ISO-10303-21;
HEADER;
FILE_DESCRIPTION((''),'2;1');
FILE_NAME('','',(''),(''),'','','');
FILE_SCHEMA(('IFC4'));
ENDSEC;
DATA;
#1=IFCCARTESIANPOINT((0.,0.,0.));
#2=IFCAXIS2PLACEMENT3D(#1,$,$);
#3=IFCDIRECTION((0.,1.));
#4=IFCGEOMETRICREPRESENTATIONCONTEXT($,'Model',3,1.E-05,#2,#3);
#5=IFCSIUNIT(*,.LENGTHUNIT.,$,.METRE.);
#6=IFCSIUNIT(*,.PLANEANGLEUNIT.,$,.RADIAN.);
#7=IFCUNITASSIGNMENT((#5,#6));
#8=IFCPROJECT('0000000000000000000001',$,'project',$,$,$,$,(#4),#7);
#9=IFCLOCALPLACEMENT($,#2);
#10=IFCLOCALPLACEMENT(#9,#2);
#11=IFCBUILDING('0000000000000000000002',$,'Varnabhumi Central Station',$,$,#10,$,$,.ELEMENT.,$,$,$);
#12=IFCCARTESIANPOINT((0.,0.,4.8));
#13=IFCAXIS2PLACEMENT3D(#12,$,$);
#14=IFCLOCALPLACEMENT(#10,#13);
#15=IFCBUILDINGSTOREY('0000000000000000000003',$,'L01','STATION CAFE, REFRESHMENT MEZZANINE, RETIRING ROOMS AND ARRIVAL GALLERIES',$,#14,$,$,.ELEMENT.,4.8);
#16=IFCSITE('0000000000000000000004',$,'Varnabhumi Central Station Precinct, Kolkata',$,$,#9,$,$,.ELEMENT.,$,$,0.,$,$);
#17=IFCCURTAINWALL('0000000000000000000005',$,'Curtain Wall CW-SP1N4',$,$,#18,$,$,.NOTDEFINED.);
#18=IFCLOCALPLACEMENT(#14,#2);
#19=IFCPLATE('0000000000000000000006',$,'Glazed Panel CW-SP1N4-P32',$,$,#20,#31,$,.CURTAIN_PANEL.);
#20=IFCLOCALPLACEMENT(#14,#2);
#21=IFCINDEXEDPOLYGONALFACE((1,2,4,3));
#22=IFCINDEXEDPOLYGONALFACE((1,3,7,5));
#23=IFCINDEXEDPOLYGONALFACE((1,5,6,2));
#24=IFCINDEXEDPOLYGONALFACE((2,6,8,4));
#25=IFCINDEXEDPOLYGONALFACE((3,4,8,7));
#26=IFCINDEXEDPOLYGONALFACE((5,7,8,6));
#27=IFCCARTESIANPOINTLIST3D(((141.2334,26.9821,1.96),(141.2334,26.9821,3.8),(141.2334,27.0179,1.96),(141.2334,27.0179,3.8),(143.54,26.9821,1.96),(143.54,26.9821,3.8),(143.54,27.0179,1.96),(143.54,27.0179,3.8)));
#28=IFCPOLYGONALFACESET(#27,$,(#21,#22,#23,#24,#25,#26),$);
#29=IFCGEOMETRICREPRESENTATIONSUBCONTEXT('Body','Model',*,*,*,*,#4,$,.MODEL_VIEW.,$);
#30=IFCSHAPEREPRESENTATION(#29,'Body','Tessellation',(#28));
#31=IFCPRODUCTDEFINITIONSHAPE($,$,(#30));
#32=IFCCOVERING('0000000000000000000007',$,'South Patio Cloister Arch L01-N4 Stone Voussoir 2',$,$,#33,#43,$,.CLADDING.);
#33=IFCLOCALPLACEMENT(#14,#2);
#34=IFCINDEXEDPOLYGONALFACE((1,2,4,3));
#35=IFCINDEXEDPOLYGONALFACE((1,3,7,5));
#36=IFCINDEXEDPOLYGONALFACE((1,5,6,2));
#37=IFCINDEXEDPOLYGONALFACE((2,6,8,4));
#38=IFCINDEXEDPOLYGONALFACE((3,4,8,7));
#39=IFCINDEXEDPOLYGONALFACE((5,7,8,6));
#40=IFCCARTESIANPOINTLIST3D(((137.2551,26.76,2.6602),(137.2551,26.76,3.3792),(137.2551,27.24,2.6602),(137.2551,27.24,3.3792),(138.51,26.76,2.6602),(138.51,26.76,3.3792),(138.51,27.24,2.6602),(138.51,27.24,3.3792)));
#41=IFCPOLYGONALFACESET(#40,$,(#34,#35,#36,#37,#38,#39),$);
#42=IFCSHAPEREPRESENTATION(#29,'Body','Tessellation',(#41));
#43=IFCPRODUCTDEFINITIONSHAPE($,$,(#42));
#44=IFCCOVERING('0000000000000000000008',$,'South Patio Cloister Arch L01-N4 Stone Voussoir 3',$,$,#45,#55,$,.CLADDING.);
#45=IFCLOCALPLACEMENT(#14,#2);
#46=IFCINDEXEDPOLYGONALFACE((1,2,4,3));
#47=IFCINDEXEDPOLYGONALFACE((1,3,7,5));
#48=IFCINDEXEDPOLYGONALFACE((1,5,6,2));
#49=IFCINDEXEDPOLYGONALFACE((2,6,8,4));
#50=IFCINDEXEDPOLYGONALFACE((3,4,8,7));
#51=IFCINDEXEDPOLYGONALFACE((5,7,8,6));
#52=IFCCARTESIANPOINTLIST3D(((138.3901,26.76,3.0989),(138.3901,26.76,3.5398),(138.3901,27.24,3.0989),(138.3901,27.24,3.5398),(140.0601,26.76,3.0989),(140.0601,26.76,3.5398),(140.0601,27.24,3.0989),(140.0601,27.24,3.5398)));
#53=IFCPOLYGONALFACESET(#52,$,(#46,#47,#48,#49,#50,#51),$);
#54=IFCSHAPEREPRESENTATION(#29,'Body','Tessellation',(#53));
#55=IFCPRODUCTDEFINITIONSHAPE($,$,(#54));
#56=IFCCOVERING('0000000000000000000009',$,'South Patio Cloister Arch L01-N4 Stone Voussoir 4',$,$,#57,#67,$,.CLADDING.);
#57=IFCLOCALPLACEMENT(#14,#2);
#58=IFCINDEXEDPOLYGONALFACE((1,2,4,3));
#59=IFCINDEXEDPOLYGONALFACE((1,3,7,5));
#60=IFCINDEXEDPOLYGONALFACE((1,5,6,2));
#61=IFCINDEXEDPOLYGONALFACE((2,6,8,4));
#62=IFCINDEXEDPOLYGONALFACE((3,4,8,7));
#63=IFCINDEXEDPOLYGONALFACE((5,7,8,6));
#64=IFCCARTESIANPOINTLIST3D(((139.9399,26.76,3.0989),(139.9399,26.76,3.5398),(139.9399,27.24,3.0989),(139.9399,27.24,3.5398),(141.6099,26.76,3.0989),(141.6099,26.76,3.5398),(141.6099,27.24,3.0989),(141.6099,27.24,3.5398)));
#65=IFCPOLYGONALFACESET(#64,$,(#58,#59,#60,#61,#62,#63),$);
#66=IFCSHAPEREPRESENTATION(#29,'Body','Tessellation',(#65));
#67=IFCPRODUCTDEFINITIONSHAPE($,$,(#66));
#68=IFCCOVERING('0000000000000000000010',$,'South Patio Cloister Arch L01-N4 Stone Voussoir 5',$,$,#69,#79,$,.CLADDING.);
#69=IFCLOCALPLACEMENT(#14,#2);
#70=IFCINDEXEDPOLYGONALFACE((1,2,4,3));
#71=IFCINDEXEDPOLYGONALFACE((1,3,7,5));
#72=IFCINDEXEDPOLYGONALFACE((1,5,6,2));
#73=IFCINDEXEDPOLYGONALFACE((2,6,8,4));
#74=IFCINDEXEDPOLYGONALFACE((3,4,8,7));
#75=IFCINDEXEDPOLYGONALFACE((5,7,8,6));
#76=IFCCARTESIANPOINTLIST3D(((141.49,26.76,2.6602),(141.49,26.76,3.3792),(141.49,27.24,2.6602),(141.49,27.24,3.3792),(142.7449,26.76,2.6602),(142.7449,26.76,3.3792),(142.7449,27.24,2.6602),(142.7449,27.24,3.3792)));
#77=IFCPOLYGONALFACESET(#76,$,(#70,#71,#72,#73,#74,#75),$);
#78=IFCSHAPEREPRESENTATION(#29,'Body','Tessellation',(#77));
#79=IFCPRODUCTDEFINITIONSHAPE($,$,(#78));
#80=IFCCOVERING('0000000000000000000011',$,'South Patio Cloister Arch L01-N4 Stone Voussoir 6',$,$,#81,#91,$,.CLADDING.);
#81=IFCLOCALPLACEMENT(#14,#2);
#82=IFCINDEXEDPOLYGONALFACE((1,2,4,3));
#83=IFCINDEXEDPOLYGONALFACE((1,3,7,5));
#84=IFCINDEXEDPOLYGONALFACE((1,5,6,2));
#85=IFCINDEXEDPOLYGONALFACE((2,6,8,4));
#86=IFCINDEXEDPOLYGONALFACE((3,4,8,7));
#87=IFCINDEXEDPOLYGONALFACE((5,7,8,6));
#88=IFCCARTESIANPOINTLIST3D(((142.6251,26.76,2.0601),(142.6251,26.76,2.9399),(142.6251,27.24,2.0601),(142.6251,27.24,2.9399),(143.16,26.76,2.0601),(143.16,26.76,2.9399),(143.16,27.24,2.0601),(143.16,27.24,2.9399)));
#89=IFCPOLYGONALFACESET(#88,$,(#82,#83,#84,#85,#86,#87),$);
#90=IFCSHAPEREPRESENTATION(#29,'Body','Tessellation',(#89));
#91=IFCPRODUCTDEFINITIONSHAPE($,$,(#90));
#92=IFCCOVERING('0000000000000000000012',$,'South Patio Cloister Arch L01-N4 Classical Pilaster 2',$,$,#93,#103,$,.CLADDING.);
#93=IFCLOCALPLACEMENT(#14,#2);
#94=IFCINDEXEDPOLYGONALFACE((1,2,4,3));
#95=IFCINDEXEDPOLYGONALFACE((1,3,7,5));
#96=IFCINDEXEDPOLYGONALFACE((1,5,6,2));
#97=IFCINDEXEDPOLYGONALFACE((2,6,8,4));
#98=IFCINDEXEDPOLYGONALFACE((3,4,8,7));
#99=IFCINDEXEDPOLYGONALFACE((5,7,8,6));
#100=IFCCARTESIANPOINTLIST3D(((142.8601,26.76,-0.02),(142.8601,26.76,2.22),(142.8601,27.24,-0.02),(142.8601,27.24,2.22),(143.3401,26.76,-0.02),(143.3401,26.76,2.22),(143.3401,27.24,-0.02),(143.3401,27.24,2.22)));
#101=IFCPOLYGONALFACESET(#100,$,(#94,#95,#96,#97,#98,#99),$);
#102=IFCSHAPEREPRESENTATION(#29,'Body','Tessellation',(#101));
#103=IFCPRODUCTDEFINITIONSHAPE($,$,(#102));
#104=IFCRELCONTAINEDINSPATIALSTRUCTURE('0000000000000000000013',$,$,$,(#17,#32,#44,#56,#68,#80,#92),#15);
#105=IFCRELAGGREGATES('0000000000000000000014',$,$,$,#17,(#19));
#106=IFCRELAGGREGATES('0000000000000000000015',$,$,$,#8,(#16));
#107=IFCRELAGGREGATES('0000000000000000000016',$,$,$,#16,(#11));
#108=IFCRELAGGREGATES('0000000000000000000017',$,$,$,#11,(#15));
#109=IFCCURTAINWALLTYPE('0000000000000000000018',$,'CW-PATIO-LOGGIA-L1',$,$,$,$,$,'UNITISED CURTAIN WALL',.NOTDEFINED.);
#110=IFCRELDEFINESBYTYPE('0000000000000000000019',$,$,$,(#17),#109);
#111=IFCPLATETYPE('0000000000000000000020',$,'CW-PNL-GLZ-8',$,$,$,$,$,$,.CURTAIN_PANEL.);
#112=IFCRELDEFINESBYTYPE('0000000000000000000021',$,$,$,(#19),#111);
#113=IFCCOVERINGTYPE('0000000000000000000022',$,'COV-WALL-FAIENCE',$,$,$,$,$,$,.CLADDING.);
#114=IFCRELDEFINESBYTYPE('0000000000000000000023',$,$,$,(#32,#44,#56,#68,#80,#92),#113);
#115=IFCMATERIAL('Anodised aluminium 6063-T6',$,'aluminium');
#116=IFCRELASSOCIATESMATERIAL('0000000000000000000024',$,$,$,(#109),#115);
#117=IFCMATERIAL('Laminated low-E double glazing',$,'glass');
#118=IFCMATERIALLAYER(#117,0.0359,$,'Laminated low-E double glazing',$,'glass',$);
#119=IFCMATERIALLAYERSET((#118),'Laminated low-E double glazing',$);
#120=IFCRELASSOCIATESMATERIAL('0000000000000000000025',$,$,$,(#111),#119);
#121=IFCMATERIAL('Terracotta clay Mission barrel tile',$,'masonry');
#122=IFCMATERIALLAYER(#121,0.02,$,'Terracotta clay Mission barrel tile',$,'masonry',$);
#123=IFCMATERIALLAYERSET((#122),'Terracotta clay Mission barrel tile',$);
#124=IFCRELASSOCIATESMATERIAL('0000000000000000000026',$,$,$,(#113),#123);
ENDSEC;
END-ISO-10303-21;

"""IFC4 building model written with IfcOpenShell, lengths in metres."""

from ifc_helpers import new_model, si_unit, direction, frame, origin, origin_2d, place, context, subcontext, project, spatial, rectangle, extrude, material, layer, layer_set, type_object, element, aggregate, save


model = new_model("IFC4")

# Units and contexts
model_context = context("Model", 3, precision=1e-05, world=origin(), true_north=direction((0.0, 1.0)))
body_context = subcontext(model_context, "Body", "Model", "MODEL_VIEW")
ifc_project = project(units=[si_unit("LENGTHUNIT", "METRE"), si_unit("PLANEANGLEUNIT", "RADIAN")], contexts=[model_context])

# Site, building, storey
site_placement = place(None, origin())
site = spatial("IfcSite", under=ifc_project, at=site_placement, Name="Varnabhumi Central Station Precinct, Kolkata", CompositionType="ELEMENT", RefElevation=0.0)
building_placement = place(site_placement, origin())
building = spatial("IfcBuilding", under=site, at=building_placement, Name="Varnabhumi Central Station", CompositionType="ELEMENT")
storey_placement = place(building_placement, frame((0.0, 0.0, 4.8)))
storey = spatial("IfcBuildingStorey", under=building, at=storey_placement, Name="L01", Description="STATION CAFE, REFRESHMENT MEZZANINE, RETIRING ROOMS AND ARRIVAL GALLERIES", CompositionType="ELEMENT", Elevation=4.8)

# Curtain wall, plate
ifc_material_1 = material(Name="Anodised aluminium 6063-T6", Category="aluminium")
curtain_wall_type = type_object("IfcCurtainWallType", Name="CW-PATIO-LOGGIA-L1", ElementType="UNITISED CURTAIN WALL", PredefinedType="NOTDEFINED", material=ifc_material_1)
curtain_wall_placement = place(storey_placement, origin())
curtain_wall = element("IfcCurtainWall", 1, at=curtain_wall_placement, inside=storey, type_object=curtain_wall_type, Name="Curtain Wall CW-SP1N4", PredefinedType="NOTDEFINED")
ifc_material_2 = material(Name="Laminated low-E double glazing", Category="glass")
ifc_layer_1 = layer(ifc_material_2, 0.0359, Name="Laminated low-E double glazing", Category="glass")
ifc_layer_set_1 = layer_set([ifc_layer_1], Name="Laminated low-E double glazing")
plate_type = type_object("IfcPlateType", Name="CW-PNL-GLZ-8", PredefinedType="CURTAIN_PANEL", material=ifc_layer_set_1)
plate_1_placement = place(storey_placement, frame((142.3867, 27.0, 1.96), z_axis=(0.0, 0.0, 1.0), x_axis=(1.0, 0.0, 0.0)))
plate_1 = element("IfcPlate", 2, at=plate_1_placement, type_object=plate_type, Name="Glazed Panel CW-SP1N4-P32", PredefinedType="CURTAIN_PANEL", context=body_context, shape_type="SweptSolid", body=[
    extrude(rectangle(XDim=2.3066, YDim=0.0359, at=origin_2d()), origin(), (0.0, 0.0, 1.0), 1.8401),
])
aggregate(curtain_wall, [plate_1])

# Coverings
ifc_material_3 = material(Name="Terracotta clay Mission barrel tile", Category="masonry")
ifc_layer_2 = layer(ifc_material_3, 0.02, Name="Terracotta clay Mission barrel tile", Category="masonry")
ifc_layer_set_2 = layer_set([ifc_layer_2], Name="Terracotta clay Mission barrel tile")
covering_type = type_object("IfcCoveringType", Name="COV-WALL-FAIENCE", PredefinedType="CLADDING", material=ifc_layer_set_2)
covering_1_placement = place(storey_placement, frame((137.8826, 27.0, 2.6602), z_axis=(0.0, 0.0, 1.0), x_axis=(1.0, 0.0, 0.0)))
element("IfcCovering", 3, at=covering_1_placement, inside=storey, type_object=covering_type, Name="South Patio Cloister Arch L01-N4 Stone Voussoir 2", PredefinedType="CLADDING", context=body_context, shape_type="SweptSolid", body=[
    extrude(rectangle(XDim=1.2549, YDim=0.48, at=origin_2d()), origin(), (0.0, 0.0, 1.0), 0.719),
])
for number, where, z_axis, x_axis, name in (
    (4, (139.2251, 27.0, 3.0989), (0.0, 0.0, 1.0), (1.0, 0.0, 0.0), "South Patio Cloister Arch L01-N4 Stone Voussoir 3"),
    (5, (140.7749, 27.0, 3.0989), (0.0, 0.0, 1.0), (1.0, 0.0, 0.0), "South Patio Cloister Arch L01-N4 Stone Voussoir 4"),
):
    element("IfcCovering", number, at=place(storey_placement, frame(where, z_axis=z_axis, x_axis=x_axis)), inside=storey, type_object=covering_type, Name=name, PredefinedType="CLADDING", context=body_context, shape_type="SweptSolid", body=[
        extrude(rectangle(XDim=1.6699, YDim=0.48, at=origin_2d()), origin(), (0.0, 0.0, 1.0), 0.4409),
    ])
covering_2_placement = place(storey_placement, frame((142.1174, 27.0, 2.6602), z_axis=(0.0, 0.0, 1.0), x_axis=(1.0, 0.0, 0.0)))
element("IfcCovering", 6, at=covering_2_placement, inside=storey, type_object=covering_type, Name="South Patio Cloister Arch L01-N4 Stone Voussoir 5", PredefinedType="CLADDING", context=body_context, shape_type="SweptSolid", body=[
    extrude(rectangle(XDim=1.2549, YDim=0.48, at=origin_2d()), origin(), (0.0, 0.0, 1.0), 0.719),
])
covering_3_placement = place(storey_placement, frame((142.8926, 27.0, 2.0601), z_axis=(0.0, 0.0, 1.0), x_axis=(1.0, 0.0, 0.0)))
element("IfcCovering", 7, at=covering_3_placement, inside=storey, type_object=covering_type, Name="South Patio Cloister Arch L01-N4 Stone Voussoir 6", PredefinedType="CLADDING", context=body_context, shape_type="SweptSolid", body=[
    extrude(rectangle(XDim=0.5349, YDim=0.48, at=origin_2d()), origin(), (0.0, 0.0, 1.0), 0.8799),
])
covering_4_placement = place(storey_placement, frame((143.1001, 27.0, -0.02), z_axis=(0.0, 0.0, 1.0), x_axis=(1.0, 0.0, 0.0)))
element("IfcCovering", 8, at=covering_4_placement, inside=storey, type_object=covering_type, Name="South Patio Cloister Arch L01-N4 Classical Pilaster 2", PredefinedType="CLADDING", context=body_context, shape_type="SweptSolid", body=[
    extrude(rectangle(XDim=0.48, YDim=0.48, at=origin_2d()), origin(), (0.0, 0.0, 1.0), 2.24),
])

save(model, "model.ifc")
